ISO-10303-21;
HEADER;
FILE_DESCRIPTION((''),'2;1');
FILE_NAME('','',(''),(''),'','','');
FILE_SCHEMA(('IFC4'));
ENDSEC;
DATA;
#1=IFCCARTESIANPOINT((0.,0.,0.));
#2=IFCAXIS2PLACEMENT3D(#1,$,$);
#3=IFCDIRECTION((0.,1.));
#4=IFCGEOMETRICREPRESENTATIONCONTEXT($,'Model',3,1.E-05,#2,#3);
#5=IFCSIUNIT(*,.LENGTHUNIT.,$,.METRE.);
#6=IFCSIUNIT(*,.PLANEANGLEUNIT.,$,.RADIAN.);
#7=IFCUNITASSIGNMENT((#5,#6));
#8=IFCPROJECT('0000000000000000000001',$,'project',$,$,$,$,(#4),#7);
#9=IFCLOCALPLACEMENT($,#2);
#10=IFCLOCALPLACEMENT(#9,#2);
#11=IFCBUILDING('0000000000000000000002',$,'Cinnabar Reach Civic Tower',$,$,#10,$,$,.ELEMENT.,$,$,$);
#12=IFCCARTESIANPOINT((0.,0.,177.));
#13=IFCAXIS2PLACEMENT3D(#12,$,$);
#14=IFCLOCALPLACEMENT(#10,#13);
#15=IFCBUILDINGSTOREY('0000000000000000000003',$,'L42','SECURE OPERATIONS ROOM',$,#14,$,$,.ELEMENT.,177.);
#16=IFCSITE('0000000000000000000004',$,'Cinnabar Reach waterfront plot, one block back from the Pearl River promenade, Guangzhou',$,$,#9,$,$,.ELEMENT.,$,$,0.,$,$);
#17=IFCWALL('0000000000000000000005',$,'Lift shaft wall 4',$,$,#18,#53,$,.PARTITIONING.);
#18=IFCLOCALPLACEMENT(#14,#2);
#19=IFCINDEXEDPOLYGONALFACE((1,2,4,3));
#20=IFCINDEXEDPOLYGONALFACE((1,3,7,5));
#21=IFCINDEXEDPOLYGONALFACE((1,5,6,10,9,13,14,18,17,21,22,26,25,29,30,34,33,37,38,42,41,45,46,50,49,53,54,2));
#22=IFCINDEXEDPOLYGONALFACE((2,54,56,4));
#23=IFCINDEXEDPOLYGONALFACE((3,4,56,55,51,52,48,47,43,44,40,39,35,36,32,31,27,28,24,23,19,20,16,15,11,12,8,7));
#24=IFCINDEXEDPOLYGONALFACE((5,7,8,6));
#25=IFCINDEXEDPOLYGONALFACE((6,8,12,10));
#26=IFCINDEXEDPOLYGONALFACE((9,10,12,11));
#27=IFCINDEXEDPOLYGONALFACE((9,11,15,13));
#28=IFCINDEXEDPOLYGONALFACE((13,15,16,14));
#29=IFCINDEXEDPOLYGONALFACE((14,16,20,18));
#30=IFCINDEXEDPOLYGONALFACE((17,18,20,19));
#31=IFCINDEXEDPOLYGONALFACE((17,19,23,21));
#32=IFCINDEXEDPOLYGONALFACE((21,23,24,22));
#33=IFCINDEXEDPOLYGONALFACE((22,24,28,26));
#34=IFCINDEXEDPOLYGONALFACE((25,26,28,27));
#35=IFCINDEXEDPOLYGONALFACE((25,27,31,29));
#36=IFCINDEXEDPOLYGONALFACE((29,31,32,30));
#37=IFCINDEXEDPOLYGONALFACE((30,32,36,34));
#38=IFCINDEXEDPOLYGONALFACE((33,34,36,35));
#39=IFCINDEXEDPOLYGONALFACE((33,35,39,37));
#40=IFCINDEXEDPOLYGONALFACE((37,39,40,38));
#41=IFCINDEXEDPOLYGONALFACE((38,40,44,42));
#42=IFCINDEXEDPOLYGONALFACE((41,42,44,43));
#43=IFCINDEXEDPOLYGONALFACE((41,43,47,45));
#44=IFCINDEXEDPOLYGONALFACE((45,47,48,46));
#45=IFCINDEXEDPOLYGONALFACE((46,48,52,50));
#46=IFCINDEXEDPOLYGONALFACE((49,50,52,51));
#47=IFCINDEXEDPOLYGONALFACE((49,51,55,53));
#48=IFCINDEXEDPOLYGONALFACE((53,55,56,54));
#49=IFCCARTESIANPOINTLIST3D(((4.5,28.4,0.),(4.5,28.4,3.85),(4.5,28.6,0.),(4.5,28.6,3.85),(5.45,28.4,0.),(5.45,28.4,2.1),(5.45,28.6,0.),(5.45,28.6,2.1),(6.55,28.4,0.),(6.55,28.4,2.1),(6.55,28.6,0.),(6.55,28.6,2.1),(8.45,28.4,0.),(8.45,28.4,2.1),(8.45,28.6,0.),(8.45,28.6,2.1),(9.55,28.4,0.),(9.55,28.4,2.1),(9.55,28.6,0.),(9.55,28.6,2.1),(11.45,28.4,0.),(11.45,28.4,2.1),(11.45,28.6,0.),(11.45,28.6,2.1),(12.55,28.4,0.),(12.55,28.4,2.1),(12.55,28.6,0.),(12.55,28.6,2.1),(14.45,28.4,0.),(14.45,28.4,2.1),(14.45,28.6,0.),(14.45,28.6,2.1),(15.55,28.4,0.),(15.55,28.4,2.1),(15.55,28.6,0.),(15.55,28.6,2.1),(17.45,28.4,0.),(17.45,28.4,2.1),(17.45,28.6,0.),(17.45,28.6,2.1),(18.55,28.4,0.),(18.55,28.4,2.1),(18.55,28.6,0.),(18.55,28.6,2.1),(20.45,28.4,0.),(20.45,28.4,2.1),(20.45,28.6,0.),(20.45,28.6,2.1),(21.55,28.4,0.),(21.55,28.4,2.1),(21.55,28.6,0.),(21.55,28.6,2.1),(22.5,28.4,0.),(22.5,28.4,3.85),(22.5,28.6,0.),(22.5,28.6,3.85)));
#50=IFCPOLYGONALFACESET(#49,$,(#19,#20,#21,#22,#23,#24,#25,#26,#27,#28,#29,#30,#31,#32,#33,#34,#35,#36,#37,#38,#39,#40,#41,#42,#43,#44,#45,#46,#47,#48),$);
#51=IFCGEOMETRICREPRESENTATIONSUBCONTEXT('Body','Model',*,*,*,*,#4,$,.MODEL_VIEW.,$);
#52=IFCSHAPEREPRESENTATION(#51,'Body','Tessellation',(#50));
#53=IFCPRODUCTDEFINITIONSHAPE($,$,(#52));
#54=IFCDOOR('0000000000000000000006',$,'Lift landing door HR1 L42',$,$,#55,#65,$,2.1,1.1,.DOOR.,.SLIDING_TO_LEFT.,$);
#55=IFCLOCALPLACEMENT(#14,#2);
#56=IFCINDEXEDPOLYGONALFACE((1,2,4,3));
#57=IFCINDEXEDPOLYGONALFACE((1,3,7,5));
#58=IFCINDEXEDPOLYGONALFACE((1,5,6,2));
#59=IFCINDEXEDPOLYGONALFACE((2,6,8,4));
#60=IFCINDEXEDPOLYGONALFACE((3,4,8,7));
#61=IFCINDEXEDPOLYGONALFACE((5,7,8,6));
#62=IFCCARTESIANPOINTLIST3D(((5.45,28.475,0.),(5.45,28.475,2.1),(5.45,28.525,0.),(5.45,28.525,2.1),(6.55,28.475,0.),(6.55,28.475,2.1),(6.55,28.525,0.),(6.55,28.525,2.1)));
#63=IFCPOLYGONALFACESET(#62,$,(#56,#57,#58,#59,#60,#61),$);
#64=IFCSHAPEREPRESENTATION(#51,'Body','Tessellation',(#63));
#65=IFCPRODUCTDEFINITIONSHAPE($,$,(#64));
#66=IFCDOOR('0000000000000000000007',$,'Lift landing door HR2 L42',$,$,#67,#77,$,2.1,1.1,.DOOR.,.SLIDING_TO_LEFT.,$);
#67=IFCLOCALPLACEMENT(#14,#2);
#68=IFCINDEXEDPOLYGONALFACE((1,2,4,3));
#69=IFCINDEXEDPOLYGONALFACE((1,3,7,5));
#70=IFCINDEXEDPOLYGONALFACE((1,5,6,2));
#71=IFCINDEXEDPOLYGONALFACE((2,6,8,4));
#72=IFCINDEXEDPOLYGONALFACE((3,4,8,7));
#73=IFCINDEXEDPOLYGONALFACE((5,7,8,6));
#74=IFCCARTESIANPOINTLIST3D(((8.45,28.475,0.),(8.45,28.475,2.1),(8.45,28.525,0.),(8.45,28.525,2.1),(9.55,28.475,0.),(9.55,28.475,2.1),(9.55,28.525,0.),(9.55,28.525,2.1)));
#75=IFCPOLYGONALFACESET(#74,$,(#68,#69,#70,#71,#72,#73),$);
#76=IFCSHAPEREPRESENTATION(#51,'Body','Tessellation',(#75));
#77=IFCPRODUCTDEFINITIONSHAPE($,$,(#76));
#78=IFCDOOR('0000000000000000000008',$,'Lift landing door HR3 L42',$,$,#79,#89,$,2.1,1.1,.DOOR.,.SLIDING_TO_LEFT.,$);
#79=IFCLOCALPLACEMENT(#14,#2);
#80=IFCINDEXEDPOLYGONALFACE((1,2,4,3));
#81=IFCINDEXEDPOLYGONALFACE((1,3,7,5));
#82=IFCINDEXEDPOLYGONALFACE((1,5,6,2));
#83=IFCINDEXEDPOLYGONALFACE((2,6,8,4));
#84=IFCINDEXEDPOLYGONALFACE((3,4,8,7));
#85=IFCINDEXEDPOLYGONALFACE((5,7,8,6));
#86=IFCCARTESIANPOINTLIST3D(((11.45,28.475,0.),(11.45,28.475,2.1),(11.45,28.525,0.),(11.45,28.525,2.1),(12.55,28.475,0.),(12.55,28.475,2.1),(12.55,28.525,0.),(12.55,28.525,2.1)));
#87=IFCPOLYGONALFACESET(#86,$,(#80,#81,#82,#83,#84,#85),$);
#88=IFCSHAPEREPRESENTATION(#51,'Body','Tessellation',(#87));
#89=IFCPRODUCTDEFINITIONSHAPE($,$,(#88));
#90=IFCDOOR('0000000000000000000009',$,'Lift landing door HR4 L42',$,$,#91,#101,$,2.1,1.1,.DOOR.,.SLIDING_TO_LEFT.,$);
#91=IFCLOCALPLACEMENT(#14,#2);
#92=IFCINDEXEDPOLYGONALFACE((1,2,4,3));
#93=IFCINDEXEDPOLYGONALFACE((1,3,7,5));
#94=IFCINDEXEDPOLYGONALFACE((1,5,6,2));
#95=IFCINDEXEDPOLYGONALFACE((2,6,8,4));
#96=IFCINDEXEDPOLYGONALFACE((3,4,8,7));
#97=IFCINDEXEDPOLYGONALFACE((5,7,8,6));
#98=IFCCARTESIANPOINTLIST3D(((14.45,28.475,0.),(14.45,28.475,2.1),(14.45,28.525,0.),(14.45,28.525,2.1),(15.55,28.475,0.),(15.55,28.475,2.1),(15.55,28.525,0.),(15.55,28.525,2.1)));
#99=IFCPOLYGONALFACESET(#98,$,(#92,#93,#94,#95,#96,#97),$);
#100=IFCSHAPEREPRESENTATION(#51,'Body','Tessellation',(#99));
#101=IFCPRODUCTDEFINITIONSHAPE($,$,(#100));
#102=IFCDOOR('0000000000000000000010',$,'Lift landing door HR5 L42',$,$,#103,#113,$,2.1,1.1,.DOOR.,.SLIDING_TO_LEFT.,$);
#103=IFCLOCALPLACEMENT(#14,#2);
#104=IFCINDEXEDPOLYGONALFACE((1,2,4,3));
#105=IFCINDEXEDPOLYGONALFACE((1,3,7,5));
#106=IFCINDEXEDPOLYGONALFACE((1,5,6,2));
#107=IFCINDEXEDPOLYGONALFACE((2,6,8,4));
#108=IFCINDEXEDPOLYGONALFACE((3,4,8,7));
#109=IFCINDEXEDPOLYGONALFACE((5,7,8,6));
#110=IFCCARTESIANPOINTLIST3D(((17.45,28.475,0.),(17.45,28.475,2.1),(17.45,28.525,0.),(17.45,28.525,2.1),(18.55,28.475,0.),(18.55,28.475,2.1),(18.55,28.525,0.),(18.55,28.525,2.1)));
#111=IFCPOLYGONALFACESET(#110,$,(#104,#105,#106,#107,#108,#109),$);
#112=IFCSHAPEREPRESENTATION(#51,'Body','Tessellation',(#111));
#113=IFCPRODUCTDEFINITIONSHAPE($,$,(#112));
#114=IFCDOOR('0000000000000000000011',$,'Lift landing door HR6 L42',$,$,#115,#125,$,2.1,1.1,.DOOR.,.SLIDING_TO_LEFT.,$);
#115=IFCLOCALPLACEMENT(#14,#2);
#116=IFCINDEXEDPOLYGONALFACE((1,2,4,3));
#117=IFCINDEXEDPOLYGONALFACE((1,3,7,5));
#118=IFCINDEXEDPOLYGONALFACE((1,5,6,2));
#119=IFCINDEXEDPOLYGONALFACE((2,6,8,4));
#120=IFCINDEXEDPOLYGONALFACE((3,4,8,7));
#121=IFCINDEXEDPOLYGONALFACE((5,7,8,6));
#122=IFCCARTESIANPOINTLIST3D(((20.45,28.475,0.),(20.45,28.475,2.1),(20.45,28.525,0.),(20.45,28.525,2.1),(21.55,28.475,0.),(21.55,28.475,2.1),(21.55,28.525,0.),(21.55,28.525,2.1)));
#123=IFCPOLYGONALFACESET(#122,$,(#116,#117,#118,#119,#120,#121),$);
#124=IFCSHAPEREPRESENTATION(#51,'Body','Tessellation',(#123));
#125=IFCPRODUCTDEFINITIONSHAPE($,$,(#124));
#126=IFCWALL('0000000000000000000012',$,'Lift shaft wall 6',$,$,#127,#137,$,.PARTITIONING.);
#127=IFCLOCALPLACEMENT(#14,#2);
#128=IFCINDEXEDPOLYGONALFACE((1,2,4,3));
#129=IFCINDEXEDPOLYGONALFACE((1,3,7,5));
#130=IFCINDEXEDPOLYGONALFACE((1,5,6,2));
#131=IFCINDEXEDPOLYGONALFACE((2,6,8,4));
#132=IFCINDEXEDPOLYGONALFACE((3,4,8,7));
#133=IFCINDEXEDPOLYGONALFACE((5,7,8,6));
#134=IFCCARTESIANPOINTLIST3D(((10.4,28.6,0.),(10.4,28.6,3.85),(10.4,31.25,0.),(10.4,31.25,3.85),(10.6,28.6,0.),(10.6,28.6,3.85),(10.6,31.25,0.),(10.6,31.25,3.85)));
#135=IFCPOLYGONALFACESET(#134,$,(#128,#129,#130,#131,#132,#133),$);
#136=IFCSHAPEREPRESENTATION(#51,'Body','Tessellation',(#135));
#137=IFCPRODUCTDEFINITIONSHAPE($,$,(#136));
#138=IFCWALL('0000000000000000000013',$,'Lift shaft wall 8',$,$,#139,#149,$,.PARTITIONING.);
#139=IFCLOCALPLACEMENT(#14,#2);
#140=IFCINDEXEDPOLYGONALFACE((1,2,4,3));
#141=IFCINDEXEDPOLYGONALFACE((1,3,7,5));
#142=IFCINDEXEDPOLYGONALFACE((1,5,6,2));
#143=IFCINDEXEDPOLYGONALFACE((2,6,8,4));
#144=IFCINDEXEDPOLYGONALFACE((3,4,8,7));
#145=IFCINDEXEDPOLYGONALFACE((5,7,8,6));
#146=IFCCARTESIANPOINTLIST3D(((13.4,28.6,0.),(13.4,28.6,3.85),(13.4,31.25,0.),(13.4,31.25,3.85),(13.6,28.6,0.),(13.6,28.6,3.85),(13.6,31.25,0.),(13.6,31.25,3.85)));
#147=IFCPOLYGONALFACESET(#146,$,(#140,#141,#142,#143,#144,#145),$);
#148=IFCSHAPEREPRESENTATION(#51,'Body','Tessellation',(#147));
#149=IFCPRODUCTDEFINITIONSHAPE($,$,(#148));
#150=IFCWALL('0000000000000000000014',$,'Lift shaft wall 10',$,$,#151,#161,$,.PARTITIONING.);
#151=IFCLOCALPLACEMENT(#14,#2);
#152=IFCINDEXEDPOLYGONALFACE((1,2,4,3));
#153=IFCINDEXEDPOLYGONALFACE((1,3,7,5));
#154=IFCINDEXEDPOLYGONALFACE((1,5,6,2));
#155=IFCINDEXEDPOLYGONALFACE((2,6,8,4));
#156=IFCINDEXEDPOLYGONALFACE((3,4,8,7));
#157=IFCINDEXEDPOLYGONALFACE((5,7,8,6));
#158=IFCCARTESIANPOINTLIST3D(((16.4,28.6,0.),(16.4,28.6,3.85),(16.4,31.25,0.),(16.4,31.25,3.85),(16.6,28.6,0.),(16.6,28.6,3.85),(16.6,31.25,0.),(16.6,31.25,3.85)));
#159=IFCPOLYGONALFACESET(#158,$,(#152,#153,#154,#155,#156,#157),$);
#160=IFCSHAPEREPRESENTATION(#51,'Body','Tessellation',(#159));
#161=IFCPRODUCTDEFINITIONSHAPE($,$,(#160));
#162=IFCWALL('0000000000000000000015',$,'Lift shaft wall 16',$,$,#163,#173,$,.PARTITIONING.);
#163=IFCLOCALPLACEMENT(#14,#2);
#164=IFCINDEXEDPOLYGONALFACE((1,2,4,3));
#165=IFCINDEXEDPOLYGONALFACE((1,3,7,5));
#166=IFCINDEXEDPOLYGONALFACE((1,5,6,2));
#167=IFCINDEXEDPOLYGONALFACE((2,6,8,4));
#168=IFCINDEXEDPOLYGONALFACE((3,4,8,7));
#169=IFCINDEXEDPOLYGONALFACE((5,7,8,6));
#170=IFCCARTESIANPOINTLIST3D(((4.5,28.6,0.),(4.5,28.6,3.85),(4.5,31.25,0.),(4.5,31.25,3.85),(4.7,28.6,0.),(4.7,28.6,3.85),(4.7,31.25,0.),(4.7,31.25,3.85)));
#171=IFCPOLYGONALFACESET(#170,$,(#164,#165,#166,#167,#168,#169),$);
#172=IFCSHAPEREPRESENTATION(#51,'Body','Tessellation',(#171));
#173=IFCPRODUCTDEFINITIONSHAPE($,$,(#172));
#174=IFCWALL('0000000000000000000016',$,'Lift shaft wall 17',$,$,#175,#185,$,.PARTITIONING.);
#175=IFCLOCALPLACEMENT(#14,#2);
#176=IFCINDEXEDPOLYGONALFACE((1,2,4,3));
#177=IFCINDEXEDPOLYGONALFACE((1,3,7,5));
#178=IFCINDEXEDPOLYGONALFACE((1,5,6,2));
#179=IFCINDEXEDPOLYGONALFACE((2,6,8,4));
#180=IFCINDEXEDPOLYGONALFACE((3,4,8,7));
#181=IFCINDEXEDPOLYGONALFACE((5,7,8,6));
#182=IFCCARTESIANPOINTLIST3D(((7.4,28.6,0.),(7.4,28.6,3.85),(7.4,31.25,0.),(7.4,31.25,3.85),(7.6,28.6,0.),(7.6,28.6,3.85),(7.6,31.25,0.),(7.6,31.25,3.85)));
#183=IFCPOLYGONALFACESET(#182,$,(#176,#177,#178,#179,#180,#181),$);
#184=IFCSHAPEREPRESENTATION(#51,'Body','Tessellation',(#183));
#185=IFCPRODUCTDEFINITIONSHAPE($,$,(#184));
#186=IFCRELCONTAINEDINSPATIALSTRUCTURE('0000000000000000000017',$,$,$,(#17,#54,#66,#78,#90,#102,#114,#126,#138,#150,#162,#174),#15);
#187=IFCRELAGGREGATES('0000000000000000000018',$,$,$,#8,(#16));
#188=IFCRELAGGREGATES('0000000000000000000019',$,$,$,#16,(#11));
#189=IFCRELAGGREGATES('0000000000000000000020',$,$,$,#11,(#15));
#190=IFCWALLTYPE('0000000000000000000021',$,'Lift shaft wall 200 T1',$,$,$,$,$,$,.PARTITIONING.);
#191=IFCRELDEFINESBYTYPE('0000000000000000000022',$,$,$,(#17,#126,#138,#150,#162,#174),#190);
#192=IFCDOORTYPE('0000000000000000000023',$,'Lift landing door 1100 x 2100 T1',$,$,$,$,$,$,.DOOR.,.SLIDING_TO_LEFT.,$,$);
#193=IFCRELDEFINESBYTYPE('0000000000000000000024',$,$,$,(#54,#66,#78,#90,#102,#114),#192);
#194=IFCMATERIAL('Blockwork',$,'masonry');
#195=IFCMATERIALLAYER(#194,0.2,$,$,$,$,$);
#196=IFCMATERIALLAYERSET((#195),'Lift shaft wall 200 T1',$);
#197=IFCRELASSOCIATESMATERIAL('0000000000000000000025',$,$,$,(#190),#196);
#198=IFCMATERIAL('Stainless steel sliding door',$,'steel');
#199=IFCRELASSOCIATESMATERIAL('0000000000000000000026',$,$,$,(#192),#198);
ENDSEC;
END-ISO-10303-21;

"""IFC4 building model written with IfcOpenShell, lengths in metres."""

from ifc_helpers import new_model, si_unit, direction, frame, frame_2d, origin, place, context, subcontext, project, spatial, rectangle, extrude, material, layer, layer_set, type_object, element, fill, save


model = new_model("IFC4")

# Units and contexts
model_context = context("Model", 3, precision=1e-05, world=origin(), true_north=direction((0.0, 1.0)))
body_context = subcontext(model_context, "Body", "Model", "MODEL_VIEW")
ifc_project = project(units=[si_unit("LENGTHUNIT", "METRE"), si_unit("PLANEANGLEUNIT", "RADIAN")], contexts=[model_context])

# Site, building, storey
site_placement = place(None, origin())
site = spatial("IfcSite", under=ifc_project, at=site_placement, Name="Cinnabar Reach waterfront plot, one block back from the Pearl River promenade, Guangzhou", CompositionType="ELEMENT", RefElevation=0.0)
building_placement = place(site_placement, origin())
building = spatial("IfcBuilding", under=site, at=building_placement, Name="Cinnabar Reach Civic Tower", CompositionType="ELEMENT")
storey_placement = place(building_placement, frame((0.0, 0.0, 177.0)))
storey = spatial("IfcBuildingStorey", under=building, at=storey_placement, Name="L42", Description="SECURE OPERATIONS ROOM", CompositionType="ELEMENT", Elevation=177.0)

# Wall, openings, doors
ifc_material_1 = material(Name="Blockwork", Category="masonry")
ifc_layer_1 = layer(ifc_material_1, 0.2)
ifc_layer_set_1 = layer_set([ifc_layer_1], Name="Lift shaft wall 200 T1")
wall_type_1 = type_object("IfcWallType", Name="Lift shaft wall 200 T1", PredefinedType="PARTITIONING", material=ifc_layer_set_1)
wall_1_placement = place(storey_placement, frame((4.5, 28.5, 0.0), z_axis=(0.0, 0.0, 1.0), x_axis=(1.0, 0.0, 0.0)))
wall_1 = element("IfcWall", 1, at=wall_1_placement, inside=storey, type_object=wall_type_1, Name="Lift shaft wall 4", PredefinedType="PARTITIONING", context=body_context, shape_type="SweptSolid", body=[
    extrude(rectangle(XDim=18.0, YDim=0.2, at=frame_2d((9.0, 0.0))), origin(), (0.0, 0.0, 1.0), 3.85),
])
opening_1_placement = place(wall_1_placement, frame((0.95, 0.0, 0.0)))
opening_1 = element("IfcOpeningElement", 2, at=opening_1_placement, cuts=wall_1, PredefinedType="OPENING", context=body_context, shape_type="SweptSolid", body=[
    extrude(rectangle(XDim=1.1, YDim=2.1, at=frame_2d((0.55, 1.05))), frame((0.0, 0.11, 0.0), z_axis=(0.0, -1.0, 0.0), x_axis=(1.0, 0.0, 0.0)), (0.0, 0.0, 1.0), 0.22),
])
opening_2_placement = place(wall_1_placement, frame((3.95, 0.0, 0.0)))
opening_2 = element("IfcOpeningElement", 3, at=opening_2_placement, cuts=wall_1, PredefinedType="OPENING", context=body_context, shape_type="SweptSolid", body=[
    extrude(rectangle(XDim=1.1, YDim=2.1, at=frame_2d((0.55, 1.05))), frame((0.0, 0.11, 0.0), z_axis=(0.0, -1.0, 0.0), x_axis=(1.0, 0.0, 0.0)), (0.0, 0.0, 1.0), 0.22),
])
opening_3_placement = place(wall_1_placement, frame((6.95, 0.0, 0.0)))
opening_3 = element("IfcOpeningElement", 4, at=opening_3_placement, cuts=wall_1, PredefinedType="OPENING", context=body_context, shape_type="SweptSolid", body=[
    extrude(rectangle(XDim=1.1, YDim=2.1, at=frame_2d((0.55, 1.05))), frame((0.0, 0.11, 0.0), z_axis=(0.0, -1.0, 0.0), x_axis=(1.0, 0.0, 0.0)), (0.0, 0.0, 1.0), 0.22),
])
opening_4_placement = place(wall_1_placement, frame((9.95, 0.0, 0.0)))
opening_4 = element("IfcOpeningElement", 5, at=opening_4_placement, cuts=wall_1, PredefinedType="OPENING", context=body_context, shape_type="SweptSolid", body=[
    extrude(rectangle(XDim=1.1, YDim=2.1, at=frame_2d((0.55, 1.05))), frame((0.0, 0.11, 0.0), z_axis=(0.0, -1.0, 0.0), x_axis=(1.0, 0.0, 0.0)), (0.0, 0.0, 1.0), 0.22),
])
opening_5_placement = place(wall_1_placement, frame((12.95, 0.0, 0.0)))
opening_5 = element("IfcOpeningElement", 6, at=opening_5_placement, cuts=wall_1, PredefinedType="OPENING", context=body_context, shape_type="SweptSolid", body=[
    extrude(rectangle(XDim=1.1, YDim=2.1, at=frame_2d((0.55, 1.05))), frame((0.0, 0.11, 0.0), z_axis=(0.0, -1.0, 0.0), x_axis=(1.0, 0.0, 0.0)), (0.0, 0.0, 1.0), 0.22),
])
opening_6_placement = place(wall_1_placement, frame((15.95, 0.0, 0.0)))
opening_6 = element("IfcOpeningElement", 7, at=opening_6_placement, cuts=wall_1, PredefinedType="OPENING", context=body_context, shape_type="SweptSolid", body=[
    extrude(rectangle(XDim=1.1, YDim=2.1, at=frame_2d((0.55, 1.05))), frame((0.0, 0.11, 0.0), z_axis=(0.0, -1.0, 0.0), x_axis=(1.0, 0.0, 0.0)), (0.0, 0.0, 1.0), 0.22),
])
ifc_material_2 = material(Name="Stainless steel sliding door", Category="steel")
door_type_1 = type_object("IfcDoorType", Name="Lift landing door 1100 x 2100 T1", OperationType="SLIDING_TO_LEFT", PredefinedType="DOOR", material=ifc_material_2)
door_1_placement = place(opening_1_placement, origin())
door_1 = element("IfcDoor", 8, at=door_1_placement, inside=storey, type_object=door_type_1, Name="Lift landing door HR1 L42", OperationType="SLIDING_TO_LEFT", OverallHeight=2.1, OverallWidth=1.1, PredefinedType="DOOR", context=body_context, shape_type="SweptSolid", body=[
    extrude(rectangle(XDim=1.1, YDim=2.1, at=frame_2d((0.55, 1.05))), frame((0.0, 0.025, 0.0), z_axis=(0.0, -1.0, 0.0), x_axis=(1.0, 0.0, 0.0)), (0.0, 0.0, 1.0), 0.05),
])
fill(opening_1, door_1)
door_2_placement = place(opening_2_placement, origin())
door_2 = element("IfcDoor", 9, at=door_2_placement, inside=storey, type_object=door_type_1, Name="Lift landing door HR2 L42", OperationType="SLIDING_TO_LEFT", OverallHeight=2.1, OverallWidth=1.1, PredefinedType="DOOR", context=body_context, shape_type="SweptSolid", body=[
    extrude(rectangle(XDim=1.1, YDim=2.1, at=frame_2d((0.55, 1.05))), frame((0.0, 0.025, 0.0), z_axis=(0.0, -1.0, 0.0), x_axis=(1.0, 0.0, 0.0)), (0.0, 0.0, 1.0), 0.05),
])
fill(opening_2, door_2)
door_3_placement = place(opening_3_placement, origin())
door_3 = element("IfcDoor", 10, at=door_3_placement, inside=storey, type_object=door_type_1, Name="Lift landing door HR3 L42", OperationType="SLIDING_TO_LEFT", OverallHeight=2.1, OverallWidth=1.1, PredefinedType="DOOR", context=body_context, shape_type="SweptSolid", body=[
    extrude(rectangle(XDim=1.1, YDim=2.1, at=frame_2d((0.55, 1.05))), frame((0.0, 0.025, 0.0), z_axis=(0.0, -1.0, 0.0), x_axis=(1.0, 0.0, 0.0)), (0.0, 0.0, 1.0), 0.05),
])
fill(opening_3, door_3)
door_4_placement = place(opening_4_placement, origin())
door_4 = element("IfcDoor", 11, at=door_4_placement, inside=storey, type_object=door_type_1, Name="Lift landing door HR4 L42", OperationType="SLIDING_TO_LEFT", OverallHeight=2.1, OverallWidth=1.1, PredefinedType="DOOR", context=body_context, shape_type="SweptSolid", body=[
    extrude(rectangle(XDim=1.1, YDim=2.1, at=frame_2d((0.55, 1.05))), frame((0.0, 0.025, 0.0), z_axis=(0.0, -1.0, 0.0), x_axis=(1.0, 0.0, 0.0)), (0.0, 0.0, 1.0), 0.05),
])
fill(opening_4, door_4)
door_5_placement = place(opening_5_placement, origin())
door_5 = element("IfcDoor", 12, at=door_5_placement, inside=storey, type_object=door_type_1, Name="Lift landing door HR5 L42", OperationType="SLIDING_TO_LEFT", OverallHeight=2.1, OverallWidth=1.1, PredefinedType="DOOR", context=body_context, shape_type="SweptSolid", body=[
    extrude(rectangle(XDim=1.1, YDim=2.1, at=frame_2d((0.55, 1.05))), frame((0.0, 0.025, 0.0), z_axis=(0.0, -1.0, 0.0), x_axis=(1.0, 0.0, 0.0)), (0.0, 0.0, 1.0), 0.05),
])
fill(opening_5, door_5)
door_6_placement = place(opening_6_placement, origin())
door_6 = element("IfcDoor", 13, at=door_6_placement, inside=storey, type_object=door_type_1, Name="Lift landing door HR6 L42", OperationType="SLIDING_TO_LEFT", OverallHeight=2.1, OverallWidth=1.1, PredefinedType="DOOR", context=body_context, shape_type="SweptSolid", body=[
    extrude(rectangle(XDim=1.1, YDim=2.1, at=frame_2d((0.55, 1.05))), frame((0.0, 0.025, 0.0), z_axis=(0.0, -1.0, 0.0), x_axis=(1.0, 0.0, 0.0)), (0.0, 0.0, 1.0), 0.05),
])
fill(opening_6, door_6)

# Walls
for number, where, z_axis, x_axis, name in (
    (14, (10.5, 28.6, 0.0), (0.0, 0.0, 1.0), (0.0, 1.0, 0.0), "Lift shaft wall 6"),
    (15, (13.5, 28.6, 0.0), (0.0, 0.0, 1.0), (0.0, 1.0, 0.0), "Lift shaft wall 8"),
    (16, (16.5, 28.6, 0.0), (0.0, 0.0, 1.0), (0.0, 1.0, 0.0), "Lift shaft wall 10"),
    (17, (4.6, 28.6, 0.0), (0.0, 0.0, 1.0), (0.0, 1.0, 0.0), "Lift shaft wall 16"),
    (18, (7.5, 28.6, 0.0), (0.0, 0.0, 1.0), (0.0, 1.0, 0.0), "Lift shaft wall 17"),
):
    element("IfcWall", number, at=place(storey_placement, frame(where, z_axis=z_axis, x_axis=x_axis)), inside=storey, type_object=wall_type_1, Name=name, PredefinedType="PARTITIONING", context=body_context, shape_type="SweptSolid", body=[
        extrude(rectangle(XDim=2.65, YDim=0.2, at=frame_2d((1.325, 0.0))), origin(), (0.0, 0.0, 1.0), 3.85),
    ])

save(model, "model.ifc")
